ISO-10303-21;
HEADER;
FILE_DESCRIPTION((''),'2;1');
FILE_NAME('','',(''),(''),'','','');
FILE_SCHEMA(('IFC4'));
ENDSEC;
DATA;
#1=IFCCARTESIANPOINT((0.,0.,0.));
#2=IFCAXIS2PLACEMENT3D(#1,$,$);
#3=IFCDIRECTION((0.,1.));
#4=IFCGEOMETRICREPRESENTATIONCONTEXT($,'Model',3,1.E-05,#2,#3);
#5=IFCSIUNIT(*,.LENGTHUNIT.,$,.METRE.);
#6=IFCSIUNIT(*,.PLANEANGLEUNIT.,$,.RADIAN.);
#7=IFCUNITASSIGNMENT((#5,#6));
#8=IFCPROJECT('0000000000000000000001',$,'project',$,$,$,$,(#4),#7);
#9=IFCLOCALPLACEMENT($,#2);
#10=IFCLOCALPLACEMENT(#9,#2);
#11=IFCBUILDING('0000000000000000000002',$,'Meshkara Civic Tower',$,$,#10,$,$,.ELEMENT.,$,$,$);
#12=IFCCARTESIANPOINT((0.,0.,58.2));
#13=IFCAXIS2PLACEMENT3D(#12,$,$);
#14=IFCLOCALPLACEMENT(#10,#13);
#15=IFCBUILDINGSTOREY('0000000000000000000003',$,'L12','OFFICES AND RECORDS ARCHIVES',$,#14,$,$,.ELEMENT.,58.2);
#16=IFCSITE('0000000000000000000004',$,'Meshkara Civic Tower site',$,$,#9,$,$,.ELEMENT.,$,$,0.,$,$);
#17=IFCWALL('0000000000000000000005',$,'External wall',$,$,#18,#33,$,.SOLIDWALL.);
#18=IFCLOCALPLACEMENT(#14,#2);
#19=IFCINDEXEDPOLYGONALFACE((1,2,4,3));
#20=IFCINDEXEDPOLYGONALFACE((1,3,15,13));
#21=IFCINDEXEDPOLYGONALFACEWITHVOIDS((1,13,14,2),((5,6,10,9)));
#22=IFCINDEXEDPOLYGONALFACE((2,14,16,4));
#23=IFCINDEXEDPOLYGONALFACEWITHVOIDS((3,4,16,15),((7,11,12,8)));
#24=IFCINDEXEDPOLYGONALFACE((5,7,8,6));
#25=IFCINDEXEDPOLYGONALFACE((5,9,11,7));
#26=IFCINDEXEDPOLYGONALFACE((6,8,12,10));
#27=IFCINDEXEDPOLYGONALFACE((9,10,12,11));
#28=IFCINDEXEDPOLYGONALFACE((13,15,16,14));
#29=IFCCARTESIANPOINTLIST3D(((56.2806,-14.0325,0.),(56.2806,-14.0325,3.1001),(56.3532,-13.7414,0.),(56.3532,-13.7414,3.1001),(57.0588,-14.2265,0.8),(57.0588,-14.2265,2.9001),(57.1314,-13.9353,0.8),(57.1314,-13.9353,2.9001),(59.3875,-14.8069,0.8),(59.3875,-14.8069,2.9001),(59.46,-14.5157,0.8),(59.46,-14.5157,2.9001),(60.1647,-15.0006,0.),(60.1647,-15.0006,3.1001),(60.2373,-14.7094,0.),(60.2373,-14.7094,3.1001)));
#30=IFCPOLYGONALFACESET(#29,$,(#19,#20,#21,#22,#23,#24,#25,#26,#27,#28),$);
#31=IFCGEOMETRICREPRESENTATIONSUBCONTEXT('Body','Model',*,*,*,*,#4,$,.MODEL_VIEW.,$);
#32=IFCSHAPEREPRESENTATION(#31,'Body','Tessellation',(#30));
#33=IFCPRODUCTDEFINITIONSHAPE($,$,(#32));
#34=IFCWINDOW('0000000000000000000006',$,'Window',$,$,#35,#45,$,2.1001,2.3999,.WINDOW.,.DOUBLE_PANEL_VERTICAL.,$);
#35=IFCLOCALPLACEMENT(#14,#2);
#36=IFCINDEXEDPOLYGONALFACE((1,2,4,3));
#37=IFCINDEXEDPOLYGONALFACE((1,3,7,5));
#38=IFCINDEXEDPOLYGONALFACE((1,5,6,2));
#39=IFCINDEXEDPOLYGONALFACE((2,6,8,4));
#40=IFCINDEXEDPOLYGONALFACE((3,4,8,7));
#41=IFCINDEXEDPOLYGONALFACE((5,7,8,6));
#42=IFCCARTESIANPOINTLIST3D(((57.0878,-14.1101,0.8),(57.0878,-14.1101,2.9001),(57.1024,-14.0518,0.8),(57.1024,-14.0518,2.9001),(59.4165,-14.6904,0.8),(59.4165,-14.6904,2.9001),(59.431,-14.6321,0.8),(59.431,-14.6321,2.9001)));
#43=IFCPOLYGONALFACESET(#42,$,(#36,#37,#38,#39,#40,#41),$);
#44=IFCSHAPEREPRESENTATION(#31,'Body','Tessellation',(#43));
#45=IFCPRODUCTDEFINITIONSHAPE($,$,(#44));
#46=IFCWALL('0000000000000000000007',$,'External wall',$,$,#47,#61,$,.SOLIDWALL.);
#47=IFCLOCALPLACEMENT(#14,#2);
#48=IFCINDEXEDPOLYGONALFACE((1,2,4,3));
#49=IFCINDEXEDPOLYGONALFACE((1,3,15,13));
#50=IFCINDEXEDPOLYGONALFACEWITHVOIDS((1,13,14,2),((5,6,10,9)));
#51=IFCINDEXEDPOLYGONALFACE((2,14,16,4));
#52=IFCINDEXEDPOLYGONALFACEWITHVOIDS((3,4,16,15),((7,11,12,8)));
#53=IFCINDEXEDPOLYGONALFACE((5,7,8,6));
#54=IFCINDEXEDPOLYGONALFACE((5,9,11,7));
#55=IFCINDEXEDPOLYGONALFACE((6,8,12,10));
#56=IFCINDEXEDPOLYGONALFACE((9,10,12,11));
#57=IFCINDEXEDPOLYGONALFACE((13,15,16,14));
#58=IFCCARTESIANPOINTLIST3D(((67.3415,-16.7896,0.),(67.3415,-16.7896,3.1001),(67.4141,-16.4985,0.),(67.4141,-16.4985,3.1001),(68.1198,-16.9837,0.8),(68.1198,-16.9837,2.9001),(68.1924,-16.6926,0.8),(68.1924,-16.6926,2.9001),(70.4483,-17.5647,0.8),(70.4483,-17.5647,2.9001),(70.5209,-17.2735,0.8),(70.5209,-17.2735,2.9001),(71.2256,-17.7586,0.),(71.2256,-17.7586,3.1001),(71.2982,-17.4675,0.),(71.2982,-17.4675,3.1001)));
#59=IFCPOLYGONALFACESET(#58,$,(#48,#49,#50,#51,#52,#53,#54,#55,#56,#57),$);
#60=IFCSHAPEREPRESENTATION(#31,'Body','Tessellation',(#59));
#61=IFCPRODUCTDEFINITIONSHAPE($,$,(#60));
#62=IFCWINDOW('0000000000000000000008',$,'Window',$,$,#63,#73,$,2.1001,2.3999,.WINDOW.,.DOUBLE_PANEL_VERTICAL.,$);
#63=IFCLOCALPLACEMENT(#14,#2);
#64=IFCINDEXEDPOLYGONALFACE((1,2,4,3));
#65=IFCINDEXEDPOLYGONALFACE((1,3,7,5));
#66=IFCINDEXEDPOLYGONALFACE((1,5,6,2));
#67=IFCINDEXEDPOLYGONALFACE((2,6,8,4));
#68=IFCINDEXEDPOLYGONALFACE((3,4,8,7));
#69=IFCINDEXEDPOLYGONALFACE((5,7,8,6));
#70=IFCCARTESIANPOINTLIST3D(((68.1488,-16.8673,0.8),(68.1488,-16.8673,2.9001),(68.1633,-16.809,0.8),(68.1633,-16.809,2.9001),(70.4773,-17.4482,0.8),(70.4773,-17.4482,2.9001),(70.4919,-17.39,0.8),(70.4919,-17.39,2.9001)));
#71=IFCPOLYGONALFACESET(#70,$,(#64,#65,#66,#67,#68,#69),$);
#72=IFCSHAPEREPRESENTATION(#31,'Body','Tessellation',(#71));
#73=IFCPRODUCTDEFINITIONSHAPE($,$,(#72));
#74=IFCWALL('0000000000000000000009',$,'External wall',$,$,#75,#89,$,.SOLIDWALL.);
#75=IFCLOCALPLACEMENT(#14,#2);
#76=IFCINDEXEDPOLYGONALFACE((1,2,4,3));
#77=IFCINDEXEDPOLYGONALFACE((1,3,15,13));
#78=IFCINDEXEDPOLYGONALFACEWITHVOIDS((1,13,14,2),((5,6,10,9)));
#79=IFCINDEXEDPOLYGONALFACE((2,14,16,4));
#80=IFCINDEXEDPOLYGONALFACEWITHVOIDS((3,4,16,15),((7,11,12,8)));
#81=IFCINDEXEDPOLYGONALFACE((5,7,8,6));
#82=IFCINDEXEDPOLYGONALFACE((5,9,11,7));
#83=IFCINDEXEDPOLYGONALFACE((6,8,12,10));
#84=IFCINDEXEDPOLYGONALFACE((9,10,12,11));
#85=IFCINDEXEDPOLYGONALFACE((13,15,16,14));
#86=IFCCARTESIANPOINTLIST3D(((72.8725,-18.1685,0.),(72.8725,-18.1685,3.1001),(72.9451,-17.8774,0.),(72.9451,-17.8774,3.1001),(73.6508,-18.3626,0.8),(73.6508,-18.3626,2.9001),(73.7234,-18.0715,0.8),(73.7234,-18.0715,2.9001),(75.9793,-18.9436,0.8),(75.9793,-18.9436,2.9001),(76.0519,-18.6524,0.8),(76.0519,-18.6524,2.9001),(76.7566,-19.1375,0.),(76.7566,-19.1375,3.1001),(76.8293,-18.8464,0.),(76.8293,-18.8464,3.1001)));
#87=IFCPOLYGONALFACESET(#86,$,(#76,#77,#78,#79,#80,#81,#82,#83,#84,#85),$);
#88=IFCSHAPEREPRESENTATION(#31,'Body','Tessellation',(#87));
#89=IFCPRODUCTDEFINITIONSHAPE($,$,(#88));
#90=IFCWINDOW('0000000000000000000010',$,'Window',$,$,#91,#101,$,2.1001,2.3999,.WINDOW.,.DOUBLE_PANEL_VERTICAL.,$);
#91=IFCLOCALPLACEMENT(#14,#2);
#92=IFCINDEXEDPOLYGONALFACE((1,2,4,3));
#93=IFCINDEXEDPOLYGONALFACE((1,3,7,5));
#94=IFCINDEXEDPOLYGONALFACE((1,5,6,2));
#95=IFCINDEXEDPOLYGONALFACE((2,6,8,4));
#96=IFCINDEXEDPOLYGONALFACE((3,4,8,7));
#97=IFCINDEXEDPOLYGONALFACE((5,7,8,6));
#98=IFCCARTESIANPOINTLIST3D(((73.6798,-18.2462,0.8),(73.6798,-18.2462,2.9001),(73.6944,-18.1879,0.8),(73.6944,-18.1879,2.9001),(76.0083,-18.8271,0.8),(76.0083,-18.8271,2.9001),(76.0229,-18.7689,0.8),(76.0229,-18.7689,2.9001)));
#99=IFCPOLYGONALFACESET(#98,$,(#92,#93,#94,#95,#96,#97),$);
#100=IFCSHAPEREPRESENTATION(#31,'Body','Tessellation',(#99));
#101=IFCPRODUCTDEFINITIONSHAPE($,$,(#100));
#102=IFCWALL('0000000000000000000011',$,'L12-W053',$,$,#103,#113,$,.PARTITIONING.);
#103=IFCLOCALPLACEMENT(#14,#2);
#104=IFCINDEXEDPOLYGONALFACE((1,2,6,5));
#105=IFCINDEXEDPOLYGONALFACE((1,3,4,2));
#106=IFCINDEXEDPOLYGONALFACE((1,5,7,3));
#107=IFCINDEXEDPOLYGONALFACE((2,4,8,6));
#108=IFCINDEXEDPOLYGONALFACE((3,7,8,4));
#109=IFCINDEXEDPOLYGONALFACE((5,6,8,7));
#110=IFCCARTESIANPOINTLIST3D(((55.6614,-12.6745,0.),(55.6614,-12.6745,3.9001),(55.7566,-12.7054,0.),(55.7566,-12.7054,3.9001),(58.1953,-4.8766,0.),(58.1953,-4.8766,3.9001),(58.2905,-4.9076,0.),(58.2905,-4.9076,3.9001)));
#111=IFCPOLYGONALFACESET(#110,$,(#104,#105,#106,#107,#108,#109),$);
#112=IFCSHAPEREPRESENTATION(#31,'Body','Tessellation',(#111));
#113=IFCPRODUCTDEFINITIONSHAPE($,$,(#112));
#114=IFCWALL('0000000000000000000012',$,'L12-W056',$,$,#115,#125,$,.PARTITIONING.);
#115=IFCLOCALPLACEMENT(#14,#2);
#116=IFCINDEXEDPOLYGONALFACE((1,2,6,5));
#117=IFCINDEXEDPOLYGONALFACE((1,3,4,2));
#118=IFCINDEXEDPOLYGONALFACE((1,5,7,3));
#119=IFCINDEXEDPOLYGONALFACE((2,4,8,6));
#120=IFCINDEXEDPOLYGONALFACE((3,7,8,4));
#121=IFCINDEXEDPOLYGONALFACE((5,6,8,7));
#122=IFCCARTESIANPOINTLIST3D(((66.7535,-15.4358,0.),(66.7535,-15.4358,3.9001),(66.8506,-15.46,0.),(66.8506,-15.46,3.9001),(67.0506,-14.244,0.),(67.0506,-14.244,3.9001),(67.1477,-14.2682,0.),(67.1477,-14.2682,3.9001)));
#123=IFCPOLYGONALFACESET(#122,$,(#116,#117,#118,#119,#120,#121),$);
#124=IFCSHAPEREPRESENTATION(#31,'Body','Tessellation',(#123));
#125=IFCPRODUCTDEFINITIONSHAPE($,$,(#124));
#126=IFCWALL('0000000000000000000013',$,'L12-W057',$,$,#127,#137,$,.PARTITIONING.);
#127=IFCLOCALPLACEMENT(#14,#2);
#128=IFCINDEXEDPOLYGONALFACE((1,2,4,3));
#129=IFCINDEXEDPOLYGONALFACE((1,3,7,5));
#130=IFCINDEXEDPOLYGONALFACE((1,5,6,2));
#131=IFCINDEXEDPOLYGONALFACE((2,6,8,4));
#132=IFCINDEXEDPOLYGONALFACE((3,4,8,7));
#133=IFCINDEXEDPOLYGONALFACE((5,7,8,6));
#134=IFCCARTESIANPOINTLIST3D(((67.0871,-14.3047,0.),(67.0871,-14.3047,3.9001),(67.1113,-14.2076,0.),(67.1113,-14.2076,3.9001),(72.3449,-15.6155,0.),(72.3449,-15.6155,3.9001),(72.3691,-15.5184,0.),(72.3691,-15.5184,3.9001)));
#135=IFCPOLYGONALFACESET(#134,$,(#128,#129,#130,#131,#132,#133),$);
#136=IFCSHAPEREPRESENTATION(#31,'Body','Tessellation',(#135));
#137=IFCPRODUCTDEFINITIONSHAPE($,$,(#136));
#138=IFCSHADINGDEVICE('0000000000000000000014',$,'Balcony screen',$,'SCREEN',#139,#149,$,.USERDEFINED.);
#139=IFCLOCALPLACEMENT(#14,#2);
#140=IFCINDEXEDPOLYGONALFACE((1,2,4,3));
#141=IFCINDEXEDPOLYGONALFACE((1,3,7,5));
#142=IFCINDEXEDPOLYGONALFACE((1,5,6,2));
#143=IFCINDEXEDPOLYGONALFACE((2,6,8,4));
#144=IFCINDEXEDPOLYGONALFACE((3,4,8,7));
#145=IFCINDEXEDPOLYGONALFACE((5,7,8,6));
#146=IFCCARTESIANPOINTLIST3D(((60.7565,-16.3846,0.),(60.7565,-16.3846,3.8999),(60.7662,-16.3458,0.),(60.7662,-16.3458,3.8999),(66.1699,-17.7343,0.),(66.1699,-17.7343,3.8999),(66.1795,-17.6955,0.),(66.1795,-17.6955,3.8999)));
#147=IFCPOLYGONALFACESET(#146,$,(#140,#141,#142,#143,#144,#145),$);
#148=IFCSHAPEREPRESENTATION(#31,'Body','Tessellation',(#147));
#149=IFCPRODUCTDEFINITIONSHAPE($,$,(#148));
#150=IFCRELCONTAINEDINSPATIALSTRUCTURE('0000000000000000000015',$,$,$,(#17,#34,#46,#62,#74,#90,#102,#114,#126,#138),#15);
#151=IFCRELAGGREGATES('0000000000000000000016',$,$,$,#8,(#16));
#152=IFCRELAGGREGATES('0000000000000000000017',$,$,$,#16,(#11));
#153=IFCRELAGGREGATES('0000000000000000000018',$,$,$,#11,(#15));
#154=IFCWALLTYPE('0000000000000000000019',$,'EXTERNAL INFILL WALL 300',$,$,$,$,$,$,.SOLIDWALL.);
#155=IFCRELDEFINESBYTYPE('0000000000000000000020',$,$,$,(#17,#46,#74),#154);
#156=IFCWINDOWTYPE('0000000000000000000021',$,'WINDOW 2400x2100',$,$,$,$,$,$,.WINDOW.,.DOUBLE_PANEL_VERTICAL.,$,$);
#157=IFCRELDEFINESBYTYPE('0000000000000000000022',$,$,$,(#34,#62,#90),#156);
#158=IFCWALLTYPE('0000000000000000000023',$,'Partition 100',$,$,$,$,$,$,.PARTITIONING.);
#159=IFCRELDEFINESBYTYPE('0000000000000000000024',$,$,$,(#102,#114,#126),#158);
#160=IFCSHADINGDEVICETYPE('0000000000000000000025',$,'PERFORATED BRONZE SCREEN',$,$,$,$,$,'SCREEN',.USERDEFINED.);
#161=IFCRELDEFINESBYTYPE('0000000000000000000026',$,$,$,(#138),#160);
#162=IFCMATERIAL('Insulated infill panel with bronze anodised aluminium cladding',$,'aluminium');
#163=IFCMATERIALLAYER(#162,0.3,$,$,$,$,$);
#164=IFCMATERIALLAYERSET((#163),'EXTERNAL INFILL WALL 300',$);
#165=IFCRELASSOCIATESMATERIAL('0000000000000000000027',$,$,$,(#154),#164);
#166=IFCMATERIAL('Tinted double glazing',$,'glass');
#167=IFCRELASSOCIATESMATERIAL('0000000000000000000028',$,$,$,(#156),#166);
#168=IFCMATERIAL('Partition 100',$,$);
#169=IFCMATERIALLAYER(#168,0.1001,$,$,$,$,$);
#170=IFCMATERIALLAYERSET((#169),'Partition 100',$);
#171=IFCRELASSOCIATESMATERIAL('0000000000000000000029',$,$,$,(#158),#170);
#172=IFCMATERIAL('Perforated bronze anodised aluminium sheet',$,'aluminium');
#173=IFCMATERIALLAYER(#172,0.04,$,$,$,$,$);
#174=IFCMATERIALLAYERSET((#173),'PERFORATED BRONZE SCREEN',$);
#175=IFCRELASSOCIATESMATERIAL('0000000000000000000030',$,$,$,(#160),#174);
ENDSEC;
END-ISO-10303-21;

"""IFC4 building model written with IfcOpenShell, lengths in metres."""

from ifc_helpers import new_model, si_unit, direction, frame, frame_2d, origin, origin_2d, place, context, subcontext, project, spatial, rectangle, extrude, material, layer, layer_set, type_object, element, fill, save


model = new_model("IFC4")

# Units and contexts
model_context = context("Model", 3, precision=1e-05, world=origin(), true_north=direction((0.0, 1.0)))
body_context = subcontext(model_context, "Body", "Model", "MODEL_VIEW")
ifc_project = project(units=[si_unit("LENGTHUNIT", "METRE"), si_unit("PLANEANGLEUNIT", "RADIAN")], contexts=[model_context])

# Site, building, storey
site_placement = place(None, origin())
site = spatial("IfcSite", under=ifc_project, at=site_placement, Name="Meshkara Civic Tower site", CompositionType="ELEMENT", RefElevation=0.0)
building_placement = place(site_placement, origin())
building = spatial("IfcBuilding", under=site, at=building_placement, Name="Meshkara Civic Tower", CompositionType="ELEMENT")
storey_placement = place(building_placement, frame((0.0, 0.0, 58.2)))
storey = spatial("IfcBuildingStorey", under=building, at=storey_placement, Name="L12", Description="OFFICES AND RECORDS ARCHIVES", CompositionType="ELEMENT", Elevation=58.2)

# Walls, openings, windows
ifc_material_1 = material(Name="Insulated infill panel with bronze anodised aluminium cladding", Category="aluminium")
ifc_layer_1 = layer(ifc_material_1, 0.3)
ifc_layer_set_1 = layer_set([ifc_layer_1], Name="EXTERNAL INFILL WALL 300")
wall_type_1 = type_object("IfcWallType", Name="EXTERNAL INFILL WALL 300", PredefinedType="SOLIDWALL", material=ifc_layer_set_1)
wall_1_placement = place(storey_placement, frame((56.3169, -13.887, 0.0), z_axis=(0.0, 0.0, 1.0), x_axis=(0.970318, -0.241832, 0.0)))
wall_1 = element("IfcWall", 1, at=wall_1_placement, inside=storey, type_object=wall_type_1, Name="External wall", PredefinedType="SOLIDWALL", context=body_context, shape_type="SweptSolid", body=[
    extrude(rectangle(XDim=4.0029, YDim=0.3, at=frame_2d((2.0015, 0.0))), origin(), (0.0, 0.0, 1.0), 3.1001),
])
opening_1_placement = place(wall_1_placement, frame((0.802, 0.0, 0.8)))
opening_1 = element("IfcOpeningElement", 2, at=opening_1_placement, cuts=wall_1, PredefinedType="OPENING", context=body_context, shape_type="SweptSolid", body=[
    extrude(rectangle(XDim=2.3999, YDim=2.1001, at=frame_2d((1.2, 1.05))), frame((0.0, 0.1599, 0.0), z_axis=(0.0, -1.0, 0.0), x_axis=(1.0, 0.0, 0.0)), (0.0, 0.0, 1.0), 0.3201),
])
ifc_material_2 = material(Name="Tinted double glazing", Category="glass")
window_type = type_object("IfcWindowType", Name="WINDOW 2400x2100", PartitioningType="DOUBLE_PANEL_VERTICAL", PredefinedType="WINDOW", material=ifc_material_2)
window_1_placement = place(opening_1_placement, origin())
window_1 = element("IfcWindow", 3, at=window_1_placement, inside=storey, type_object=window_type, Name="Window", OverallHeight=2.1001, OverallWidth=2.3999, PartitioningType="DOUBLE_PANEL_VERTICAL", PredefinedType="WINDOW", context=body_context, shape_type="SweptSolid", body=[
    extrude(rectangle(XDim=2.3999, YDim=2.1001, at=frame_2d((1.2, 1.05))), frame((0.0, 0.03, 0.0), z_axis=(0.0, -1.0, 0.0), x_axis=(1.0, 0.0, 0.0)), (0.0, 0.0, 1.0), 0.0601),
])
fill(opening_1, window_1)
wall_2_placement = place(storey_placement, frame((67.3779, -16.644, 0.0), z_axis=(0.0, 0.0, 1.0), x_axis=(0.970261, -0.242062, 0.0)))
wall_2 = element("IfcWall", 4, at=wall_2_placement, inside=storey, type_object=wall_type_1, Name="External wall", PredefinedType="SOLIDWALL", context=body_context, shape_type="SweptSolid", body=[
    extrude(rectangle(XDim=4.0032, YDim=0.3, at=frame_2d((2.0015, 0.0))), origin(), (0.0, 0.0, 1.0), 3.1001),
])
opening_2_placement = place(wall_2_placement, frame((0.802, 0.0, 0.8)))
opening_2 = element("IfcOpeningElement", 5, at=opening_2_placement, cuts=wall_2, PredefinedType="OPENING", context=body_context, shape_type="SweptSolid", body=[
    extrude(rectangle(XDim=2.3999, YDim=2.1001, at=frame_2d((1.2, 1.05))), frame((0.0, 0.1599, 0.0), z_axis=(0.0, -1.0, 0.0), x_axis=(1.0, 0.0, 0.0)), (0.0, 0.0, 1.0), 0.3201),
])
window_2_placement = place(opening_2_placement, origin())
window_2 = element("IfcWindow", 6, at=window_2_placement, inside=storey, type_object=window_type, Name="Window", OverallHeight=2.1001, OverallWidth=2.3999, PartitioningType="DOUBLE_PANEL_VERTICAL", PredefinedType="WINDOW", context=body_context, shape_type="SweptSolid", body=[
    extrude(rectangle(XDim=2.3999, YDim=2.1001, at=frame_2d((1.2, 1.05))), frame((0.0, 0.03, 0.0), z_axis=(0.0, -1.0, 0.0), x_axis=(1.0, 0.0, 0.0)), (0.0, 0.0, 1.0), 0.0601),
])
fill(opening_2, window_2)
wall_3_placement = place(storey_placement, frame((72.9089, -18.0229, 0.0), z_axis=(0.0, 0.0, 1.0), x_axis=(0.970261, -0.242062, 0.0)))
wall_3 = element("IfcWall", 7, at=wall_3_placement, inside=storey, type_object=wall_type_1, Name="External wall", PredefinedType="SOLIDWALL", context=body_context, shape_type="SweptSolid", body=[
    extrude(rectangle(XDim=4.0032, YDim=0.3, at=frame_2d((2.0015, 0.0))), origin(), (0.0, 0.0, 1.0), 3.1001),
])
opening_3_placement = place(wall_3_placement, frame((0.802, 0.0, 0.8)))
opening_3 = element("IfcOpeningElement", 8, at=opening_3_placement, cuts=wall_3, PredefinedType="OPENING", context=body_context, shape_type="SweptSolid", body=[
    extrude(rectangle(XDim=2.3999, YDim=2.1001, at=frame_2d((1.2, 1.05))), frame((0.0, 0.1599, 0.0), z_axis=(0.0, -1.0, 0.0), x_axis=(1.0, 0.0, 0.0)), (0.0, 0.0, 1.0), 0.3201),
])
window_3_placement = place(opening_3_placement, origin())
window_3 = element("IfcWindow", 9, at=window_3_placement, inside=storey, type_object=window_type, Name="Window", OverallHeight=2.1001, OverallWidth=2.3999, PartitioningType="DOUBLE_PANEL_VERTICAL", PredefinedType="WINDOW", context=body_context, shape_type="SweptSolid", body=[
    extrude(rectangle(XDim=2.3999, YDim=2.1001, at=frame_2d((1.2, 1.05))), frame((0.0, 0.03, 0.0), z_axis=(0.0, -1.0, 0.0), x_axis=(1.0, 0.0, 0.0)), (0.0, 0.0, 1.0), 0.0601),
])
fill(opening_3, window_3)

# Walls
ifc_material_3 = material(Name="Partition 100")
ifc_layer_2 = layer(ifc_material_3, 0.1001)
ifc_layer_set_2 = layer_set([ifc_layer_2], Name="Partition 100")
wall_type_2 = type_object("IfcWallType", Name="Partition 100", PredefinedType="PARTITIONING", material=ifc_layer_set_2)
wall_4_placement = place(storey_placement, frame((55.709, -12.6899, 0.0), z_axis=(0.0, 0.0, 1.0), x_axis=(0.309046, 0.951047, 0.0)))
element("IfcWall", 10, at=wall_4_placement, inside=storey, type_object=wall_type_2, Name="L12-W053", PredefinedType="PARTITIONING", context=body_context, shape_type="SweptSolid", body=[
    extrude(rectangle(XDim=8.1992, YDim=0.1001, at=frame_2d((4.0996, 0.0))), origin(), (0.0, 0.0, 1.0), 3.9001),
])
wall_5_placement = place(storey_placement, frame((66.802, -15.448, 0.0), z_axis=(0.0, 0.0, 1.0), x_axis=(0.241881, 0.970306, 0.0)))
element("IfcWall", 11, at=wall_5_placement, inside=storey, type_object=wall_type_2, Name="L12-W056", PredefinedType="PARTITIONING", context=body_context, shape_type="SweptSolid", body=[
    extrude(rectangle(XDim=1.2283, YDim=0.1001, at=frame_2d((0.6143, 0.0))), origin(), (0.0, 0.0, 1.0), 3.9001),
])
wall_6_placement = place(storey_placement, frame((67.0991, -14.2561, 0.0), z_axis=(0.0, 0.0, 1.0), x_axis=(0.970301, -0.2419, 0.0)))
element("IfcWall", 12, at=wall_6_placement, inside=storey, type_object=wall_type_2, Name="L12-W057", PredefinedType="PARTITIONING", context=body_context, shape_type="SweptSolid", body=[
    extrude(rectangle(XDim=5.4187, YDim=0.1001, at=frame_2d((2.7095, 0.0))), origin(), (0.0, 0.0, 1.0), 3.9001),
])

# Shading device
ifc_material_4 = material(Name="Perforated bronze anodised aluminium sheet", Category="aluminium")
ifc_layer_3 = layer(ifc_material_4, 0.04)
ifc_layer_set_3 = layer_set([ifc_layer_3], Name="PERFORATED BRONZE SCREEN")
shading_device_type = type_object("IfcShadingDeviceType", Name="PERFORATED BRONZE SCREEN", ElementType="SCREEN", PredefinedType="USERDEFINED", material=ifc_layer_set_3)
shading_device_placement = place(storey_placement, frame((63.468, -17.04, 0.0), z_axis=(0.0, 0.0, 1.0), x_axis=(0.970296, -0.241922, 0.0)))
element("IfcShadingDevice", 13, at=shading_device_placement, inside=storey, type_object=shading_device_type, Name="Balcony screen", ObjectType="SCREEN", PredefinedType="USERDEFINED", context=body_context, shape_type="SweptSolid", body=[
    extrude(rectangle(XDim=5.5791, YDim=0.04, at=origin_2d()), origin(), (0.0, 0.0, 1.0), 3.8999),
])

save(model, "model.ifc")
